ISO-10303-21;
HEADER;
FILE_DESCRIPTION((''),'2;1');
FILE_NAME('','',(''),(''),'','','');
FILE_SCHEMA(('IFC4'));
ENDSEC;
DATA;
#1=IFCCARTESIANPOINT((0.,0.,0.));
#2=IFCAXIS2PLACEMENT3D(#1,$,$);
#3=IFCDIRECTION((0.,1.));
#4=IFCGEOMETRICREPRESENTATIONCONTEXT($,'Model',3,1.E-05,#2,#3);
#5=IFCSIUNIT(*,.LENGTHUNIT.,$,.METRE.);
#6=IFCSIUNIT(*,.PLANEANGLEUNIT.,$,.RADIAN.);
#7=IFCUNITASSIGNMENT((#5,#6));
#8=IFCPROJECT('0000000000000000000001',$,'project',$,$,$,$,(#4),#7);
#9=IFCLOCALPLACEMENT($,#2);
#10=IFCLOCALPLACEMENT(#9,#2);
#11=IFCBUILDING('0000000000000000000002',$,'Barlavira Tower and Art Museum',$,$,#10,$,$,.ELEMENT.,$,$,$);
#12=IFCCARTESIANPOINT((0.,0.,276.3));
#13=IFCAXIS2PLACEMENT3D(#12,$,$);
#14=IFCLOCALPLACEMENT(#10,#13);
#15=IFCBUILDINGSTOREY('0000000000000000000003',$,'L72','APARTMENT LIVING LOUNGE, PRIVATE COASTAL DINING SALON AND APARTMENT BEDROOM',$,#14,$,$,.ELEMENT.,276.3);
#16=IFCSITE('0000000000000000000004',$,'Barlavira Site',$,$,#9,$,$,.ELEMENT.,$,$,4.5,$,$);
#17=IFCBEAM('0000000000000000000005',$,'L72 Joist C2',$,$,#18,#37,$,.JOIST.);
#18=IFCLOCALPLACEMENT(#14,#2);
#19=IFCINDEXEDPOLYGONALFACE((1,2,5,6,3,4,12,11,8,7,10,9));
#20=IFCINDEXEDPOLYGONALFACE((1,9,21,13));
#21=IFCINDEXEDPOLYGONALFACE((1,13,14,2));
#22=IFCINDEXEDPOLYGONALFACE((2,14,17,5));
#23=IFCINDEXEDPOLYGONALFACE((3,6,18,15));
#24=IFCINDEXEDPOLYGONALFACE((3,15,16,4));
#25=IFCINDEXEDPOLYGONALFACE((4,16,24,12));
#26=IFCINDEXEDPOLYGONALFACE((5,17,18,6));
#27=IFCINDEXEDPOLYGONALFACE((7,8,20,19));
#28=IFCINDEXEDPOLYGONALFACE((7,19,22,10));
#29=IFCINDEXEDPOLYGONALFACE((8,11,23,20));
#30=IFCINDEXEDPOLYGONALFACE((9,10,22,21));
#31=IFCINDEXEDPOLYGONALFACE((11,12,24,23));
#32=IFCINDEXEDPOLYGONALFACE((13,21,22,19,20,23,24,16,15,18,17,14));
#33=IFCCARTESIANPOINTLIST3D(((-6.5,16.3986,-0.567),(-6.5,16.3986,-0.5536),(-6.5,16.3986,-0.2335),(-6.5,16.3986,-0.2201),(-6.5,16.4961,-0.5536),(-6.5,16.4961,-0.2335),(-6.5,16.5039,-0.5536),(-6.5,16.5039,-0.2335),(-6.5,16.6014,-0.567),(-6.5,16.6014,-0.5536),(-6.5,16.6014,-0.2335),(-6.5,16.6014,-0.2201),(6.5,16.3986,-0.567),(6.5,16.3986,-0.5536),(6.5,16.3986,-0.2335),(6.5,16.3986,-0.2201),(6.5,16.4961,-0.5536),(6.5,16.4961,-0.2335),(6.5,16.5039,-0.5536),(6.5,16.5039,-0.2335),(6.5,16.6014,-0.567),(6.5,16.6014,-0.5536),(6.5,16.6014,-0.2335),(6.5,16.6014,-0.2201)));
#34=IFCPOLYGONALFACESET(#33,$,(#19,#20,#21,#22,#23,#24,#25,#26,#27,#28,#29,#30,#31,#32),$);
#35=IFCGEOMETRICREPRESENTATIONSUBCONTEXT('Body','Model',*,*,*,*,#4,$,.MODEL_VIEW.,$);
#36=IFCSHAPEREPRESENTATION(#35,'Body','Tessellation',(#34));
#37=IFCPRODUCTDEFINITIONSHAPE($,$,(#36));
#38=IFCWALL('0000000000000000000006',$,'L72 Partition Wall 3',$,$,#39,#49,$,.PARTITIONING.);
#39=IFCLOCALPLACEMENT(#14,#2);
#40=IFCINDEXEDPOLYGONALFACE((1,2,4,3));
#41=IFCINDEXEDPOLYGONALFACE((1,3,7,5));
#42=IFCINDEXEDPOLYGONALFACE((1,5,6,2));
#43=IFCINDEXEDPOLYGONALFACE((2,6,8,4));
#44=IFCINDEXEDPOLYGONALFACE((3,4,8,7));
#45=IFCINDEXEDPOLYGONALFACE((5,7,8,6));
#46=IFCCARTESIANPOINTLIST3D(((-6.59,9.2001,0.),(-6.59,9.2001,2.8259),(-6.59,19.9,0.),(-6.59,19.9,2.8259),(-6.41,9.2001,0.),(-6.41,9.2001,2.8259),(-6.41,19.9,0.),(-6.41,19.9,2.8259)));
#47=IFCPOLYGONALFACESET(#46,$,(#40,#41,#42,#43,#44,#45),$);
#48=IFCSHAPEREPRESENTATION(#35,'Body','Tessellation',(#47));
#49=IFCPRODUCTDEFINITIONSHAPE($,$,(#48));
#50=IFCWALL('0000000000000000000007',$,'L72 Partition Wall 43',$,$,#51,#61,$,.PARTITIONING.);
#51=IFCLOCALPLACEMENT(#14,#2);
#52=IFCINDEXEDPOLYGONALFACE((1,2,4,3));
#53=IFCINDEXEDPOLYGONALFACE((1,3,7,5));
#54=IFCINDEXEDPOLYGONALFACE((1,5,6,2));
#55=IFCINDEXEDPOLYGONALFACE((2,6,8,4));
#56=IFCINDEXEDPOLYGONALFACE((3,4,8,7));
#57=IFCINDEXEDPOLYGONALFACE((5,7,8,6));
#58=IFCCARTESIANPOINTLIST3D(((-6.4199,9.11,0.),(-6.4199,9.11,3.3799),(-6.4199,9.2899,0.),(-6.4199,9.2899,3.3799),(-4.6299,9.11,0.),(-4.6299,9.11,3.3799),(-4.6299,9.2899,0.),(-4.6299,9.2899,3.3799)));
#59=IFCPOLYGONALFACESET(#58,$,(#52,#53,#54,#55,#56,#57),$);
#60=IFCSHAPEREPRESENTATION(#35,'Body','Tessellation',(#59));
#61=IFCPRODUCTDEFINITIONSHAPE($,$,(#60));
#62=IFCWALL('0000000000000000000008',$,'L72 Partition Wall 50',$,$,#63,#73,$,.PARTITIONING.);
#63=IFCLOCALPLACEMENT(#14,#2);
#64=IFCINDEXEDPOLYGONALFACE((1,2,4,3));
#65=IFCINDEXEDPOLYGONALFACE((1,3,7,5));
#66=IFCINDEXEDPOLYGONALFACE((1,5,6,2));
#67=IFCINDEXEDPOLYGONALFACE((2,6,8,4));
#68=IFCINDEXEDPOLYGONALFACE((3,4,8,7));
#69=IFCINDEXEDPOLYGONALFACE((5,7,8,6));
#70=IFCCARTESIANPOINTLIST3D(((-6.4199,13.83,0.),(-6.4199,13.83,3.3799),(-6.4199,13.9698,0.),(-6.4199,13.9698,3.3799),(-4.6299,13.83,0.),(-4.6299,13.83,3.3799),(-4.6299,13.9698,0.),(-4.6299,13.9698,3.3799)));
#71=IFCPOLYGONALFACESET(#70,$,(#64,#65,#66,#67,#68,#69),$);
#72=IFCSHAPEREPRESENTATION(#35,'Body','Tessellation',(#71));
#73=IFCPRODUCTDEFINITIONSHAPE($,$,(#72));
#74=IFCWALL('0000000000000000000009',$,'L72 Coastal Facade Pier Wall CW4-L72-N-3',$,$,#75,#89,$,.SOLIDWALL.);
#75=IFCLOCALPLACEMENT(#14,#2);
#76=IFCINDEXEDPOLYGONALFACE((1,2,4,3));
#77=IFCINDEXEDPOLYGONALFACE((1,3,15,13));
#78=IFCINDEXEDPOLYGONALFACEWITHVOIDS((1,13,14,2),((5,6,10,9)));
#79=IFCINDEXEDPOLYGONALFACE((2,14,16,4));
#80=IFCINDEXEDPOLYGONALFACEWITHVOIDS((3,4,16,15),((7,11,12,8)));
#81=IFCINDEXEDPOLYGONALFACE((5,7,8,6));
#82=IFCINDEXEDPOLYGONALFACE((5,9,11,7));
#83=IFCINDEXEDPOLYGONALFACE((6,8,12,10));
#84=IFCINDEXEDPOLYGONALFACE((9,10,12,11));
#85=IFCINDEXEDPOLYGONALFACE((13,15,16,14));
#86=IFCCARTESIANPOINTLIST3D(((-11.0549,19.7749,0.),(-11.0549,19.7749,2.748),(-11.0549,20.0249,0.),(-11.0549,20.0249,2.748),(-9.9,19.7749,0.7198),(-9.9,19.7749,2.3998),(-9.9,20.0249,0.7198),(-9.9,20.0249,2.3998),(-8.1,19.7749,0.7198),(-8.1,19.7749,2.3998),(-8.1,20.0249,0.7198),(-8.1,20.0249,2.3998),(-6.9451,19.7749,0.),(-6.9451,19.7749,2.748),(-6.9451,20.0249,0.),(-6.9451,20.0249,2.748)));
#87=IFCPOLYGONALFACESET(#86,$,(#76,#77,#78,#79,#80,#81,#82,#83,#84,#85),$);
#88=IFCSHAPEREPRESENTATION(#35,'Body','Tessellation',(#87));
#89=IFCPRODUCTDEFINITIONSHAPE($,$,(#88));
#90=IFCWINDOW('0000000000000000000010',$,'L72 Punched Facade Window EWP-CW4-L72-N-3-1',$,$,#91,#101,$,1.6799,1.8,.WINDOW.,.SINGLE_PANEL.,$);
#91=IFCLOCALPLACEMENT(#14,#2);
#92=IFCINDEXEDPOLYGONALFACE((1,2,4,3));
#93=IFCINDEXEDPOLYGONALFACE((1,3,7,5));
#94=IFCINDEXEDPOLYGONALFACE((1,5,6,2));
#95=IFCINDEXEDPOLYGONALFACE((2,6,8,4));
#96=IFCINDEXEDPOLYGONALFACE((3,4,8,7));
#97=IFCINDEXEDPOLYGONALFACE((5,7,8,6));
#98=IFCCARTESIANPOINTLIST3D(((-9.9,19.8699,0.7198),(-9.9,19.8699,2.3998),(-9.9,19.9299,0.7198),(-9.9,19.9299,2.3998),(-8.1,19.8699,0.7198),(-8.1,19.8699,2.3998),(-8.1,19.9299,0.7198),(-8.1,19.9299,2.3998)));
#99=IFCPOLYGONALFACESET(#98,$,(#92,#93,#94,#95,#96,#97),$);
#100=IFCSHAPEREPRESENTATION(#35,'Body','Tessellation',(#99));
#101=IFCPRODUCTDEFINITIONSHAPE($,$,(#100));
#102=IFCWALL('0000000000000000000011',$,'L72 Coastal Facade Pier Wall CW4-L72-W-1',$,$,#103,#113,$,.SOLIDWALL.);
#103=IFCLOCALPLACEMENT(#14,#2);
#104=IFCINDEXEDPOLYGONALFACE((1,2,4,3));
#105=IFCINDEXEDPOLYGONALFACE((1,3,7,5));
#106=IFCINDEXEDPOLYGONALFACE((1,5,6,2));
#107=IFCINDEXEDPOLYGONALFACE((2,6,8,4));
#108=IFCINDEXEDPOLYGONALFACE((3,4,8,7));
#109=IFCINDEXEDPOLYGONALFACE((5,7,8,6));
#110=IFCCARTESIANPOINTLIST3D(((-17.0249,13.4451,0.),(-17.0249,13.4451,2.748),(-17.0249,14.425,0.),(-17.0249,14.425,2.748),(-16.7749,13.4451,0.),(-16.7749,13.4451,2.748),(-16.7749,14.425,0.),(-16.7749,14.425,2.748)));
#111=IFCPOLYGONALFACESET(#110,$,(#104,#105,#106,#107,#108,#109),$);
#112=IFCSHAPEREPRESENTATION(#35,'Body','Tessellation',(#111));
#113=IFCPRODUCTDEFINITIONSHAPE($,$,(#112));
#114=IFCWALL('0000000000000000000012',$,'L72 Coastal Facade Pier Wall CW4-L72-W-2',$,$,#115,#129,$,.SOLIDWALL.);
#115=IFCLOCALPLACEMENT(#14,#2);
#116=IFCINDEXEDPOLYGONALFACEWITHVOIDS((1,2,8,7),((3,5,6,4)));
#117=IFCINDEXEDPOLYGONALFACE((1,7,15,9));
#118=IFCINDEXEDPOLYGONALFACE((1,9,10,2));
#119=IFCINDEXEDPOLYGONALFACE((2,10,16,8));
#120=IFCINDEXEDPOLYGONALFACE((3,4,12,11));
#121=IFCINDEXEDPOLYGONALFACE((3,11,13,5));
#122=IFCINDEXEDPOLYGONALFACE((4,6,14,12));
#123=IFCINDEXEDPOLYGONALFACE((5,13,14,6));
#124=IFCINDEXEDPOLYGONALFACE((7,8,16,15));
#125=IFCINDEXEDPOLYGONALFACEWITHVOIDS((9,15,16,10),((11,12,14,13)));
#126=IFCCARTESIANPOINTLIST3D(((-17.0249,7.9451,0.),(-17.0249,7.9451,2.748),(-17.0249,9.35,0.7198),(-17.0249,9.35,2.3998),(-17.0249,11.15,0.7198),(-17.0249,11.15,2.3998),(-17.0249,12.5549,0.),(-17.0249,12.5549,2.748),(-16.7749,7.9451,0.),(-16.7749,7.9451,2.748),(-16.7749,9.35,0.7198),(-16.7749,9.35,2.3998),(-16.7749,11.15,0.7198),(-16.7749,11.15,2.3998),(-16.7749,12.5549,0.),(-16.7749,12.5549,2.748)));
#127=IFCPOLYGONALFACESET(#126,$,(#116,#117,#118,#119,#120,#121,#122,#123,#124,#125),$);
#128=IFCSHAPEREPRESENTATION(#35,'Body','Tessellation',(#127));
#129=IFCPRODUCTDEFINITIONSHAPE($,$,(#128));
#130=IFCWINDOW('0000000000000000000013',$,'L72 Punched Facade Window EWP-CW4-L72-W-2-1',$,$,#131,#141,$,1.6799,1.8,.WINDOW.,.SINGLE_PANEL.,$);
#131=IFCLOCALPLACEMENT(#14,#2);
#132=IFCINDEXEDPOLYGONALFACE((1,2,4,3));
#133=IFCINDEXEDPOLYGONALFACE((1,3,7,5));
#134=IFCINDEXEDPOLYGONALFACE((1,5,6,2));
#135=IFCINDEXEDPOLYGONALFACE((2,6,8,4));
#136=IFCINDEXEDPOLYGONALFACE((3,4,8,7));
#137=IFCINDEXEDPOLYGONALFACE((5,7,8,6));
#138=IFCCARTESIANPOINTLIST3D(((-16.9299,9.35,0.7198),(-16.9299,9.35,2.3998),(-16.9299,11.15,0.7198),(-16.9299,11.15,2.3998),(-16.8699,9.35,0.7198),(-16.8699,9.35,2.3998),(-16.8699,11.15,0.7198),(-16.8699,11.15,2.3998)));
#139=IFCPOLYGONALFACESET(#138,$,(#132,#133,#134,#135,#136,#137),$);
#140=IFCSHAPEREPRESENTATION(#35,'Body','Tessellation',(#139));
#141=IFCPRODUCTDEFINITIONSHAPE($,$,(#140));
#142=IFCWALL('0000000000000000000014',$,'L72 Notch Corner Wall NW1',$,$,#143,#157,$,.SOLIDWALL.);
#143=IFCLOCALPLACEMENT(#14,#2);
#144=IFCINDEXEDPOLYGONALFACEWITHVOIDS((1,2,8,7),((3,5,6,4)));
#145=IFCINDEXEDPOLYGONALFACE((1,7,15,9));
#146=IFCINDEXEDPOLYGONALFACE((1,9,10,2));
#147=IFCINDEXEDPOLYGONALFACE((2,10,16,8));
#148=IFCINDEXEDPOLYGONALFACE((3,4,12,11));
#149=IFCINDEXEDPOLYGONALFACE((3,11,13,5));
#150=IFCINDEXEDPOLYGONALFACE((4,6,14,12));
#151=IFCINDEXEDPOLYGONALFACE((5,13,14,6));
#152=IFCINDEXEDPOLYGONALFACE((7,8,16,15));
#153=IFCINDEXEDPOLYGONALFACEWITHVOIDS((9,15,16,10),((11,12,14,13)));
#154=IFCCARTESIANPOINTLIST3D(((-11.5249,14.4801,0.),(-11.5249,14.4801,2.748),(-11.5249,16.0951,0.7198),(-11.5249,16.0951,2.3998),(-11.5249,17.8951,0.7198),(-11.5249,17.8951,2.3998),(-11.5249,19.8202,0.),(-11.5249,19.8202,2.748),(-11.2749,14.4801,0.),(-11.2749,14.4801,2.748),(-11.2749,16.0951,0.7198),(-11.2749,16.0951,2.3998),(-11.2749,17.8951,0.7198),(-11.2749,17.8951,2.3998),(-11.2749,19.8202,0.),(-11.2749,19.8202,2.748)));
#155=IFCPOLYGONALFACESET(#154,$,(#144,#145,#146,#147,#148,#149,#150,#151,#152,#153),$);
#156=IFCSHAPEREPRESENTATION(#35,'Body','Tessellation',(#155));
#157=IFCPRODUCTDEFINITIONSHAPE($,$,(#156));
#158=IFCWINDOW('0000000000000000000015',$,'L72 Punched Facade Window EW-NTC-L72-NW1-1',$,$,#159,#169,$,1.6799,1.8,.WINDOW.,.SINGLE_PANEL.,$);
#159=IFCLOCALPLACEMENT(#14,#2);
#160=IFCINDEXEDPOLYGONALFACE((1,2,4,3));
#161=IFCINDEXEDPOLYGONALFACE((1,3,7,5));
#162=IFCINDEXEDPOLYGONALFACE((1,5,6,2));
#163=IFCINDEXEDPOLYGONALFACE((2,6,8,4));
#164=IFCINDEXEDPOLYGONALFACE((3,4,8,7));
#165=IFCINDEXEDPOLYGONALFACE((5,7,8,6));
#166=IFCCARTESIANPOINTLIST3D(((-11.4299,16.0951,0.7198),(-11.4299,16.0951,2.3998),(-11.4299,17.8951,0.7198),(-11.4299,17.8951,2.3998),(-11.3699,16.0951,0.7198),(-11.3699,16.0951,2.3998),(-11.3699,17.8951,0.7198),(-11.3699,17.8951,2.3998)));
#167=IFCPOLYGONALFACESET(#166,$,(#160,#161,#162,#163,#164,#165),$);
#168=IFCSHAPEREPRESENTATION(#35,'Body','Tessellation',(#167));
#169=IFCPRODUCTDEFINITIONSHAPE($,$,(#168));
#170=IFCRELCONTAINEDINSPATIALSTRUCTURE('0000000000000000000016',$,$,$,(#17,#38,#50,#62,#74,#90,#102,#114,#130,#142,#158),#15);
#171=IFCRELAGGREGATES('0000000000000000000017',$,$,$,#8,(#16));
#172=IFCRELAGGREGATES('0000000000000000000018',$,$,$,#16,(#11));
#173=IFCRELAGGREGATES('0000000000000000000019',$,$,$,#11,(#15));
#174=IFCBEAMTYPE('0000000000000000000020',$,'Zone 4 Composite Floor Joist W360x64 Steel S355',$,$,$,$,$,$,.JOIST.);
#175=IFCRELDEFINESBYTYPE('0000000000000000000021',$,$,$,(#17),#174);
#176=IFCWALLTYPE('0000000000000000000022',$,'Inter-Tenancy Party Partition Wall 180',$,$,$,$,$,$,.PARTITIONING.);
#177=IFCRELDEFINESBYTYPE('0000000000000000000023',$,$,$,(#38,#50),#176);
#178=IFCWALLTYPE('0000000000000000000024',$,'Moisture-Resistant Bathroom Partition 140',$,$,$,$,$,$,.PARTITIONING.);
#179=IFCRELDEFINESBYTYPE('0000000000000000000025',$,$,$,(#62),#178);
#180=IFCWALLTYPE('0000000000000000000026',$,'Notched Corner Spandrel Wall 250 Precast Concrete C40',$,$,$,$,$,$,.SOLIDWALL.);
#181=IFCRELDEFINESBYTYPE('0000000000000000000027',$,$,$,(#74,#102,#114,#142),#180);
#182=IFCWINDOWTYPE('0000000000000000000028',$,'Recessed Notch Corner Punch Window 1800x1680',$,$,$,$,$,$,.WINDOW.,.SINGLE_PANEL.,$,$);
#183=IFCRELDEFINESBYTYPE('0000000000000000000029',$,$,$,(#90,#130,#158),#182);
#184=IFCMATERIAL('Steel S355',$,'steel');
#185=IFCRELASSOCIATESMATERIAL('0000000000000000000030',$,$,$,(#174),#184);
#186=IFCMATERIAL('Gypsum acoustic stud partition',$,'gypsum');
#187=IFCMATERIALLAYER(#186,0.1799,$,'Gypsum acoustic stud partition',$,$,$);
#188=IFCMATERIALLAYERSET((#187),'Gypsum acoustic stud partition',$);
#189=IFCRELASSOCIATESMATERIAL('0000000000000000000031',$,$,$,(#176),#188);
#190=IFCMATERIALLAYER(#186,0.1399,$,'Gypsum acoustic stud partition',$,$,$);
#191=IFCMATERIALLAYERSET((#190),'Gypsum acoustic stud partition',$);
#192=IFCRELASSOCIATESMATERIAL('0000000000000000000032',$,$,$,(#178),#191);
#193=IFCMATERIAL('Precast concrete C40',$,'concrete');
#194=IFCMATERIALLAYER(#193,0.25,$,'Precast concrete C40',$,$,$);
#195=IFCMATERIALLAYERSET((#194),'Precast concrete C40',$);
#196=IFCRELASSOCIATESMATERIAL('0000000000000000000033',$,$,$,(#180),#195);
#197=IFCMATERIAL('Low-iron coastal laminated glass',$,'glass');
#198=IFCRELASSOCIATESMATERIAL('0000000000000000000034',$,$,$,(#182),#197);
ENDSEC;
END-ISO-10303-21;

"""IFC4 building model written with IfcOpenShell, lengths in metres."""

from ifc_helpers import new_model, si_unit, direction, frame, frame_2d, origin, origin_2d, place, context, subcontext, project, spatial, rectangle, i_section, extrude, material, layer, layer_set, material_profile, profile_set, type_object, element, fill, save


model = new_model("IFC4")

# Units and contexts
model_context = context("Model", 3, precision=1e-05, world=origin(), true_north=direction((0.0, 1.0)))
body_context = subcontext(model_context, "Body", "Model", "MODEL_VIEW")
ifc_project = project(units=[si_unit("LENGTHUNIT", "METRE"), si_unit("PLANEANGLEUNIT", "RADIAN")], contexts=[model_context])

# Site, building, storey
site_placement = place(None, origin())
site = spatial("IfcSite", under=ifc_project, at=site_placement, Name="Barlavira Site", CompositionType="ELEMENT", RefElevation=4.5)
building_placement = place(site_placement, origin())
building = spatial("IfcBuilding", under=site, at=building_placement, Name="Barlavira Tower and Art Museum", CompositionType="ELEMENT")
storey_placement = place(building_placement, frame((0.0, 0.0, 276.3)))
storey = spatial("IfcBuildingStorey", under=building, at=storey_placement, Name="L72", Description="APARTMENT LIVING LOUNGE, PRIVATE COASTAL DINING SALON AND APARTMENT BEDROOM", CompositionType="ELEMENT", Elevation=276.3)

# Beam
ifc_material_1 = material(Name="Steel S355", Category="steel")
ifc_material_profile_1 = material_profile(ifc_material_1, i_section(OverallWidth=0.2029, OverallDepth=0.3469, WebThickness=0.0078, FlangeThickness=0.0134, at=origin_2d()), Name="W360x64.0")
ifc_profile_set_1 = profile_set([ifc_material_profile_1], Name="Steel S355")
beam_type_1 = type_object("IfcBeamType", Name="Zone 4 Composite Floor Joist W360x64 Steel S355", PredefinedType="JOIST", material=ifc_profile_set_1)
beam_1_placement = place(storey_placement, frame((-6.5, 16.5, -0.3936), z_axis=(1.0, 0.0, 0.0), x_axis=(0.0, 1.0, 0.0)))
element("IfcBeam", 1, at=beam_1_placement, inside=storey, type_object=beam_type_1, Name="L72 Joist C2", PredefinedType="JOIST", context=body_context, shape_type="SweptSolid", body=[
    extrude(i_section(OverallWidth=0.2029, OverallDepth=0.3469, WebThickness=0.0078, FlangeThickness=0.0134, at=origin_2d()), origin(), (0.0, 0.0, 1.0), 13.0),
])

# Walls
ifc_material_2 = material(Name="Gypsum acoustic stud partition", Category="gypsum")
ifc_layer_1 = layer(ifc_material_2, 0.1799, Name="Gypsum acoustic stud partition")
ifc_layer_set_1 = layer_set([ifc_layer_1], Name="Gypsum acoustic stud partition")
wall_type_1 = type_object("IfcWallType", Name="Inter-Tenancy Party Partition Wall 180", PredefinedType="PARTITIONING", material=ifc_layer_set_1)
wall_1_placement = place(storey_placement, frame((-6.5, 9.2, 0.0), z_axis=(0.0, 0.0, 1.0), x_axis=(0.0, 1.0, 0.0)))
element("IfcWall", 2, at=wall_1_placement, inside=storey, type_object=wall_type_1, Name="L72 Partition Wall 3", PredefinedType="PARTITIONING", context=body_context, shape_type="SweptSolid", body=[
    extrude(rectangle(XDim=10.7, YDim=0.1799, at=frame_2d((5.3501, 0.0))), origin(), (0.0, 0.0, 1.0), 2.8259),
])
wall_2_placement = place(storey_placement, frame((-6.4199, 9.2, 0.0), z_axis=(0.0, 0.0, 1.0), x_axis=(1.0, 0.0, 0.0)))
element("IfcWall", 3, at=wall_2_placement, inside=storey, type_object=wall_type_1, Name="L72 Partition Wall 43", PredefinedType="PARTITIONING", context=body_context, shape_type="SweptSolid", body=[
    extrude(rectangle(XDim=1.79, YDim=0.1799, at=frame_2d((0.895, 0.0))), origin(), (0.0, 0.0, 1.0), 3.3799),
])
ifc_layer_2 = layer(ifc_material_2, 0.1399, Name="Gypsum acoustic stud partition")
ifc_layer_set_2 = layer_set([ifc_layer_2], Name="Gypsum acoustic stud partition")
wall_type_2 = type_object("IfcWallType", Name="Moisture-Resistant Bathroom Partition 140", PredefinedType="PARTITIONING", material=ifc_layer_set_2)
wall_3_placement = place(storey_placement, frame((-6.4199, 13.8999, 0.0), z_axis=(0.0, 0.0, 1.0), x_axis=(1.0, 0.0, 0.0)))
element("IfcWall", 4, at=wall_3_placement, inside=storey, type_object=wall_type_2, Name="L72 Partition Wall 50", PredefinedType="PARTITIONING", context=body_context, shape_type="SweptSolid", body=[
    extrude(rectangle(XDim=1.79, YDim=0.1399, at=frame_2d((0.895, 0.0))), origin(), (0.0, 0.0, 1.0), 3.3799),
])

# Wall, opening, window
ifc_material_3 = material(Name="Precast concrete C40", Category="concrete")
ifc_layer_3 = layer(ifc_material_3, 0.25, Name="Precast concrete C40")
ifc_layer_set_3 = layer_set([ifc_layer_3], Name="Precast concrete C40")
wall_type_3 = type_object("IfcWallType", Name="Notched Corner Spandrel Wall 250 Precast Concrete C40", PredefinedType="SOLIDWALL", material=ifc_layer_set_3)
wall_4_placement = place(storey_placement, frame((-6.9451, 19.8999, 0.0), z_axis=(0.0, 0.0, 1.0), x_axis=(-1.0, 0.0, 0.0)))
wall_4 = element("IfcWall", 5, at=wall_4_placement, inside=storey, type_object=wall_type_3, Name="L72 Coastal Facade Pier Wall CW4-L72-N-3", PredefinedType="SOLIDWALL", context=body_context, shape_type="SweptSolid", body=[
    extrude(rectangle(XDim=4.1099, YDim=0.25, at=frame_2d((2.0549, 0.0))), origin(), (0.0, 0.0, 1.0), 2.748),
])
opening_1_placement = place(wall_4_placement, frame((1.155, 0.0, 0.72)))
opening_1 = element("IfcOpeningElement", 6, at=opening_1_placement, cuts=wall_4, PredefinedType="OPENING", context=body_context, shape_type="SweptSolid", body=[
    extrude(rectangle(XDim=1.8, YDim=1.6799, at=frame_2d((0.8999, 0.8398))), frame((0.0, 0.135, 0.0), z_axis=(0.0, -1.0, 0.0), x_axis=(1.0, 0.0, 0.0)), (0.0, 0.0, 1.0), 0.27),
])
ifc_material_4 = material(Name="Low-iron coastal laminated glass", Category="glass")
window_type = type_object("IfcWindowType", Name="Recessed Notch Corner Punch Window 1800x1680", PartitioningType="SINGLE_PANEL", PredefinedType="WINDOW", material=ifc_material_4)
window_1_placement = place(opening_1_placement, origin())
window_1 = element("IfcWindow", 7, at=window_1_placement, inside=storey, type_object=window_type, Name="L72 Punched Facade Window EWP-CW4-L72-N-3-1", OverallHeight=1.6799, OverallWidth=1.8, PartitioningType="SINGLE_PANEL", PredefinedType="WINDOW", context=body_context, shape_type="SweptSolid", body=[
    extrude(rectangle(XDim=1.8, YDim=1.6799, at=frame_2d((0.8999, 0.8398))), frame((0.0, 0.03, 0.0), z_axis=(0.0, -1.0, 0.0), x_axis=(1.0, 0.0, 0.0)), (0.0, 0.0, 1.0), 0.0601),
])
fill(opening_1, window_1)

# Wall
wall_5_placement = place(storey_placement, frame((-16.8999, 14.425, 0.0), z_axis=(0.0, 0.0, 1.0), x_axis=(0.0, -1.0, 0.0)))
element("IfcWall", 8, at=wall_5_placement, inside=storey, type_object=wall_type_3, Name="L72 Coastal Facade Pier Wall CW4-L72-W-1", PredefinedType="SOLIDWALL", context=body_context, shape_type="SweptSolid", body=[
    extrude(rectangle(XDim=0.98, YDim=0.25, at=frame_2d((0.49, 0.0))), origin(), (0.0, 0.0, 1.0), 2.748),
])

# Walls, openings, windows
wall_6_placement = place(storey_placement, frame((-16.8999, 12.5549, 0.0), z_axis=(0.0, 0.0, 1.0), x_axis=(0.0, -1.0, 0.0)))
wall_6 = element("IfcWall", 9, at=wall_6_placement, inside=storey, type_object=wall_type_3, Name="L72 Coastal Facade Pier Wall CW4-L72-W-2", PredefinedType="SOLIDWALL", context=body_context, shape_type="SweptSolid", body=[
    extrude(rectangle(XDim=4.6099, YDim=0.25, at=frame_2d((2.3049, 0.0))), origin(), (0.0, 0.0, 1.0), 2.748),
])
opening_2_placement = place(wall_6_placement, frame((1.405, 0.0, 0.72)))
opening_2 = element("IfcOpeningElement", 10, at=opening_2_placement, cuts=wall_6, PredefinedType="OPENING", context=body_context, shape_type="SweptSolid", body=[
    extrude(rectangle(XDim=1.8, YDim=1.6799, at=frame_2d((0.8999, 0.8398))), frame((0.0, 0.135, 0.0), z_axis=(0.0, -1.0, 0.0), x_axis=(1.0, 0.0, 0.0)), (0.0, 0.0, 1.0), 0.27),
])
window_2_placement = place(opening_2_placement, origin())
window_2 = element("IfcWindow", 11, at=window_2_placement, inside=storey, type_object=window_type, Name="L72 Punched Facade Window EWP-CW4-L72-W-2-1", OverallHeight=1.6799, OverallWidth=1.8, PartitioningType="SINGLE_PANEL", PredefinedType="WINDOW", context=body_context, shape_type="SweptSolid", body=[
    extrude(rectangle(XDim=1.8, YDim=1.6799, at=frame_2d((0.8999, 0.8398))), frame((0.0, 0.03, 0.0), z_axis=(0.0, -1.0, 0.0), x_axis=(1.0, 0.0, 0.0)), (0.0, 0.0, 1.0), 0.0601),
])
fill(opening_2, window_2)
wall_7_placement = place(storey_placement, frame((-11.3999, 19.8201, 0.0), z_axis=(0.0, 0.0, 1.0), x_axis=(0.0, -1.0, 0.0)))
wall_7 = element("IfcWall", 12, at=wall_7_placement, inside=storey, type_object=wall_type_3, Name="L72 Notch Corner Wall NW1", PredefinedType="SOLIDWALL", context=body_context, shape_type="SweptSolid", body=[
    extrude(rectangle(XDim=5.3401, YDim=0.25, at=frame_2d((2.6699, 0.0))), origin(), (0.0, 0.0, 1.0), 2.748),
])
opening_3_placement = place(wall_7_placement, frame((1.925, 0.0, 0.72)))
opening_3 = element("IfcOpeningElement", 13, at=opening_3_placement, cuts=wall_7, PredefinedType="OPENING", context=body_context, shape_type="SweptSolid", body=[
    extrude(rectangle(XDim=1.8, YDim=1.6799, at=frame_2d((0.8999, 0.8398))), frame((0.0, 0.135, 0.0), z_axis=(0.0, -1.0, 0.0), x_axis=(1.0, 0.0, 0.0)), (0.0, 0.0, 1.0), 0.27),
])
window_3_placement = place(opening_3_placement, origin())
window_3 = element("IfcWindow", 14, at=window_3_placement, inside=storey, type_object=window_type, Name="L72 Punched Facade Window EW-NTC-L72-NW1-1", OverallHeight=1.6799, OverallWidth=1.8, PartitioningType="SINGLE_PANEL", PredefinedType="WINDOW", context=body_context, shape_type="SweptSolid", body=[
    extrude(rectangle(XDim=1.8, YDim=1.6799, at=frame_2d((0.8999, 0.8398))), frame((0.0, 0.03, 0.0), z_axis=(0.0, -1.0, 0.0), x_axis=(1.0, 0.0, 0.0)), (0.0, 0.0, 1.0), 0.0601),
])
fill(opening_3, window_3)

save(model, "model.ifc")
